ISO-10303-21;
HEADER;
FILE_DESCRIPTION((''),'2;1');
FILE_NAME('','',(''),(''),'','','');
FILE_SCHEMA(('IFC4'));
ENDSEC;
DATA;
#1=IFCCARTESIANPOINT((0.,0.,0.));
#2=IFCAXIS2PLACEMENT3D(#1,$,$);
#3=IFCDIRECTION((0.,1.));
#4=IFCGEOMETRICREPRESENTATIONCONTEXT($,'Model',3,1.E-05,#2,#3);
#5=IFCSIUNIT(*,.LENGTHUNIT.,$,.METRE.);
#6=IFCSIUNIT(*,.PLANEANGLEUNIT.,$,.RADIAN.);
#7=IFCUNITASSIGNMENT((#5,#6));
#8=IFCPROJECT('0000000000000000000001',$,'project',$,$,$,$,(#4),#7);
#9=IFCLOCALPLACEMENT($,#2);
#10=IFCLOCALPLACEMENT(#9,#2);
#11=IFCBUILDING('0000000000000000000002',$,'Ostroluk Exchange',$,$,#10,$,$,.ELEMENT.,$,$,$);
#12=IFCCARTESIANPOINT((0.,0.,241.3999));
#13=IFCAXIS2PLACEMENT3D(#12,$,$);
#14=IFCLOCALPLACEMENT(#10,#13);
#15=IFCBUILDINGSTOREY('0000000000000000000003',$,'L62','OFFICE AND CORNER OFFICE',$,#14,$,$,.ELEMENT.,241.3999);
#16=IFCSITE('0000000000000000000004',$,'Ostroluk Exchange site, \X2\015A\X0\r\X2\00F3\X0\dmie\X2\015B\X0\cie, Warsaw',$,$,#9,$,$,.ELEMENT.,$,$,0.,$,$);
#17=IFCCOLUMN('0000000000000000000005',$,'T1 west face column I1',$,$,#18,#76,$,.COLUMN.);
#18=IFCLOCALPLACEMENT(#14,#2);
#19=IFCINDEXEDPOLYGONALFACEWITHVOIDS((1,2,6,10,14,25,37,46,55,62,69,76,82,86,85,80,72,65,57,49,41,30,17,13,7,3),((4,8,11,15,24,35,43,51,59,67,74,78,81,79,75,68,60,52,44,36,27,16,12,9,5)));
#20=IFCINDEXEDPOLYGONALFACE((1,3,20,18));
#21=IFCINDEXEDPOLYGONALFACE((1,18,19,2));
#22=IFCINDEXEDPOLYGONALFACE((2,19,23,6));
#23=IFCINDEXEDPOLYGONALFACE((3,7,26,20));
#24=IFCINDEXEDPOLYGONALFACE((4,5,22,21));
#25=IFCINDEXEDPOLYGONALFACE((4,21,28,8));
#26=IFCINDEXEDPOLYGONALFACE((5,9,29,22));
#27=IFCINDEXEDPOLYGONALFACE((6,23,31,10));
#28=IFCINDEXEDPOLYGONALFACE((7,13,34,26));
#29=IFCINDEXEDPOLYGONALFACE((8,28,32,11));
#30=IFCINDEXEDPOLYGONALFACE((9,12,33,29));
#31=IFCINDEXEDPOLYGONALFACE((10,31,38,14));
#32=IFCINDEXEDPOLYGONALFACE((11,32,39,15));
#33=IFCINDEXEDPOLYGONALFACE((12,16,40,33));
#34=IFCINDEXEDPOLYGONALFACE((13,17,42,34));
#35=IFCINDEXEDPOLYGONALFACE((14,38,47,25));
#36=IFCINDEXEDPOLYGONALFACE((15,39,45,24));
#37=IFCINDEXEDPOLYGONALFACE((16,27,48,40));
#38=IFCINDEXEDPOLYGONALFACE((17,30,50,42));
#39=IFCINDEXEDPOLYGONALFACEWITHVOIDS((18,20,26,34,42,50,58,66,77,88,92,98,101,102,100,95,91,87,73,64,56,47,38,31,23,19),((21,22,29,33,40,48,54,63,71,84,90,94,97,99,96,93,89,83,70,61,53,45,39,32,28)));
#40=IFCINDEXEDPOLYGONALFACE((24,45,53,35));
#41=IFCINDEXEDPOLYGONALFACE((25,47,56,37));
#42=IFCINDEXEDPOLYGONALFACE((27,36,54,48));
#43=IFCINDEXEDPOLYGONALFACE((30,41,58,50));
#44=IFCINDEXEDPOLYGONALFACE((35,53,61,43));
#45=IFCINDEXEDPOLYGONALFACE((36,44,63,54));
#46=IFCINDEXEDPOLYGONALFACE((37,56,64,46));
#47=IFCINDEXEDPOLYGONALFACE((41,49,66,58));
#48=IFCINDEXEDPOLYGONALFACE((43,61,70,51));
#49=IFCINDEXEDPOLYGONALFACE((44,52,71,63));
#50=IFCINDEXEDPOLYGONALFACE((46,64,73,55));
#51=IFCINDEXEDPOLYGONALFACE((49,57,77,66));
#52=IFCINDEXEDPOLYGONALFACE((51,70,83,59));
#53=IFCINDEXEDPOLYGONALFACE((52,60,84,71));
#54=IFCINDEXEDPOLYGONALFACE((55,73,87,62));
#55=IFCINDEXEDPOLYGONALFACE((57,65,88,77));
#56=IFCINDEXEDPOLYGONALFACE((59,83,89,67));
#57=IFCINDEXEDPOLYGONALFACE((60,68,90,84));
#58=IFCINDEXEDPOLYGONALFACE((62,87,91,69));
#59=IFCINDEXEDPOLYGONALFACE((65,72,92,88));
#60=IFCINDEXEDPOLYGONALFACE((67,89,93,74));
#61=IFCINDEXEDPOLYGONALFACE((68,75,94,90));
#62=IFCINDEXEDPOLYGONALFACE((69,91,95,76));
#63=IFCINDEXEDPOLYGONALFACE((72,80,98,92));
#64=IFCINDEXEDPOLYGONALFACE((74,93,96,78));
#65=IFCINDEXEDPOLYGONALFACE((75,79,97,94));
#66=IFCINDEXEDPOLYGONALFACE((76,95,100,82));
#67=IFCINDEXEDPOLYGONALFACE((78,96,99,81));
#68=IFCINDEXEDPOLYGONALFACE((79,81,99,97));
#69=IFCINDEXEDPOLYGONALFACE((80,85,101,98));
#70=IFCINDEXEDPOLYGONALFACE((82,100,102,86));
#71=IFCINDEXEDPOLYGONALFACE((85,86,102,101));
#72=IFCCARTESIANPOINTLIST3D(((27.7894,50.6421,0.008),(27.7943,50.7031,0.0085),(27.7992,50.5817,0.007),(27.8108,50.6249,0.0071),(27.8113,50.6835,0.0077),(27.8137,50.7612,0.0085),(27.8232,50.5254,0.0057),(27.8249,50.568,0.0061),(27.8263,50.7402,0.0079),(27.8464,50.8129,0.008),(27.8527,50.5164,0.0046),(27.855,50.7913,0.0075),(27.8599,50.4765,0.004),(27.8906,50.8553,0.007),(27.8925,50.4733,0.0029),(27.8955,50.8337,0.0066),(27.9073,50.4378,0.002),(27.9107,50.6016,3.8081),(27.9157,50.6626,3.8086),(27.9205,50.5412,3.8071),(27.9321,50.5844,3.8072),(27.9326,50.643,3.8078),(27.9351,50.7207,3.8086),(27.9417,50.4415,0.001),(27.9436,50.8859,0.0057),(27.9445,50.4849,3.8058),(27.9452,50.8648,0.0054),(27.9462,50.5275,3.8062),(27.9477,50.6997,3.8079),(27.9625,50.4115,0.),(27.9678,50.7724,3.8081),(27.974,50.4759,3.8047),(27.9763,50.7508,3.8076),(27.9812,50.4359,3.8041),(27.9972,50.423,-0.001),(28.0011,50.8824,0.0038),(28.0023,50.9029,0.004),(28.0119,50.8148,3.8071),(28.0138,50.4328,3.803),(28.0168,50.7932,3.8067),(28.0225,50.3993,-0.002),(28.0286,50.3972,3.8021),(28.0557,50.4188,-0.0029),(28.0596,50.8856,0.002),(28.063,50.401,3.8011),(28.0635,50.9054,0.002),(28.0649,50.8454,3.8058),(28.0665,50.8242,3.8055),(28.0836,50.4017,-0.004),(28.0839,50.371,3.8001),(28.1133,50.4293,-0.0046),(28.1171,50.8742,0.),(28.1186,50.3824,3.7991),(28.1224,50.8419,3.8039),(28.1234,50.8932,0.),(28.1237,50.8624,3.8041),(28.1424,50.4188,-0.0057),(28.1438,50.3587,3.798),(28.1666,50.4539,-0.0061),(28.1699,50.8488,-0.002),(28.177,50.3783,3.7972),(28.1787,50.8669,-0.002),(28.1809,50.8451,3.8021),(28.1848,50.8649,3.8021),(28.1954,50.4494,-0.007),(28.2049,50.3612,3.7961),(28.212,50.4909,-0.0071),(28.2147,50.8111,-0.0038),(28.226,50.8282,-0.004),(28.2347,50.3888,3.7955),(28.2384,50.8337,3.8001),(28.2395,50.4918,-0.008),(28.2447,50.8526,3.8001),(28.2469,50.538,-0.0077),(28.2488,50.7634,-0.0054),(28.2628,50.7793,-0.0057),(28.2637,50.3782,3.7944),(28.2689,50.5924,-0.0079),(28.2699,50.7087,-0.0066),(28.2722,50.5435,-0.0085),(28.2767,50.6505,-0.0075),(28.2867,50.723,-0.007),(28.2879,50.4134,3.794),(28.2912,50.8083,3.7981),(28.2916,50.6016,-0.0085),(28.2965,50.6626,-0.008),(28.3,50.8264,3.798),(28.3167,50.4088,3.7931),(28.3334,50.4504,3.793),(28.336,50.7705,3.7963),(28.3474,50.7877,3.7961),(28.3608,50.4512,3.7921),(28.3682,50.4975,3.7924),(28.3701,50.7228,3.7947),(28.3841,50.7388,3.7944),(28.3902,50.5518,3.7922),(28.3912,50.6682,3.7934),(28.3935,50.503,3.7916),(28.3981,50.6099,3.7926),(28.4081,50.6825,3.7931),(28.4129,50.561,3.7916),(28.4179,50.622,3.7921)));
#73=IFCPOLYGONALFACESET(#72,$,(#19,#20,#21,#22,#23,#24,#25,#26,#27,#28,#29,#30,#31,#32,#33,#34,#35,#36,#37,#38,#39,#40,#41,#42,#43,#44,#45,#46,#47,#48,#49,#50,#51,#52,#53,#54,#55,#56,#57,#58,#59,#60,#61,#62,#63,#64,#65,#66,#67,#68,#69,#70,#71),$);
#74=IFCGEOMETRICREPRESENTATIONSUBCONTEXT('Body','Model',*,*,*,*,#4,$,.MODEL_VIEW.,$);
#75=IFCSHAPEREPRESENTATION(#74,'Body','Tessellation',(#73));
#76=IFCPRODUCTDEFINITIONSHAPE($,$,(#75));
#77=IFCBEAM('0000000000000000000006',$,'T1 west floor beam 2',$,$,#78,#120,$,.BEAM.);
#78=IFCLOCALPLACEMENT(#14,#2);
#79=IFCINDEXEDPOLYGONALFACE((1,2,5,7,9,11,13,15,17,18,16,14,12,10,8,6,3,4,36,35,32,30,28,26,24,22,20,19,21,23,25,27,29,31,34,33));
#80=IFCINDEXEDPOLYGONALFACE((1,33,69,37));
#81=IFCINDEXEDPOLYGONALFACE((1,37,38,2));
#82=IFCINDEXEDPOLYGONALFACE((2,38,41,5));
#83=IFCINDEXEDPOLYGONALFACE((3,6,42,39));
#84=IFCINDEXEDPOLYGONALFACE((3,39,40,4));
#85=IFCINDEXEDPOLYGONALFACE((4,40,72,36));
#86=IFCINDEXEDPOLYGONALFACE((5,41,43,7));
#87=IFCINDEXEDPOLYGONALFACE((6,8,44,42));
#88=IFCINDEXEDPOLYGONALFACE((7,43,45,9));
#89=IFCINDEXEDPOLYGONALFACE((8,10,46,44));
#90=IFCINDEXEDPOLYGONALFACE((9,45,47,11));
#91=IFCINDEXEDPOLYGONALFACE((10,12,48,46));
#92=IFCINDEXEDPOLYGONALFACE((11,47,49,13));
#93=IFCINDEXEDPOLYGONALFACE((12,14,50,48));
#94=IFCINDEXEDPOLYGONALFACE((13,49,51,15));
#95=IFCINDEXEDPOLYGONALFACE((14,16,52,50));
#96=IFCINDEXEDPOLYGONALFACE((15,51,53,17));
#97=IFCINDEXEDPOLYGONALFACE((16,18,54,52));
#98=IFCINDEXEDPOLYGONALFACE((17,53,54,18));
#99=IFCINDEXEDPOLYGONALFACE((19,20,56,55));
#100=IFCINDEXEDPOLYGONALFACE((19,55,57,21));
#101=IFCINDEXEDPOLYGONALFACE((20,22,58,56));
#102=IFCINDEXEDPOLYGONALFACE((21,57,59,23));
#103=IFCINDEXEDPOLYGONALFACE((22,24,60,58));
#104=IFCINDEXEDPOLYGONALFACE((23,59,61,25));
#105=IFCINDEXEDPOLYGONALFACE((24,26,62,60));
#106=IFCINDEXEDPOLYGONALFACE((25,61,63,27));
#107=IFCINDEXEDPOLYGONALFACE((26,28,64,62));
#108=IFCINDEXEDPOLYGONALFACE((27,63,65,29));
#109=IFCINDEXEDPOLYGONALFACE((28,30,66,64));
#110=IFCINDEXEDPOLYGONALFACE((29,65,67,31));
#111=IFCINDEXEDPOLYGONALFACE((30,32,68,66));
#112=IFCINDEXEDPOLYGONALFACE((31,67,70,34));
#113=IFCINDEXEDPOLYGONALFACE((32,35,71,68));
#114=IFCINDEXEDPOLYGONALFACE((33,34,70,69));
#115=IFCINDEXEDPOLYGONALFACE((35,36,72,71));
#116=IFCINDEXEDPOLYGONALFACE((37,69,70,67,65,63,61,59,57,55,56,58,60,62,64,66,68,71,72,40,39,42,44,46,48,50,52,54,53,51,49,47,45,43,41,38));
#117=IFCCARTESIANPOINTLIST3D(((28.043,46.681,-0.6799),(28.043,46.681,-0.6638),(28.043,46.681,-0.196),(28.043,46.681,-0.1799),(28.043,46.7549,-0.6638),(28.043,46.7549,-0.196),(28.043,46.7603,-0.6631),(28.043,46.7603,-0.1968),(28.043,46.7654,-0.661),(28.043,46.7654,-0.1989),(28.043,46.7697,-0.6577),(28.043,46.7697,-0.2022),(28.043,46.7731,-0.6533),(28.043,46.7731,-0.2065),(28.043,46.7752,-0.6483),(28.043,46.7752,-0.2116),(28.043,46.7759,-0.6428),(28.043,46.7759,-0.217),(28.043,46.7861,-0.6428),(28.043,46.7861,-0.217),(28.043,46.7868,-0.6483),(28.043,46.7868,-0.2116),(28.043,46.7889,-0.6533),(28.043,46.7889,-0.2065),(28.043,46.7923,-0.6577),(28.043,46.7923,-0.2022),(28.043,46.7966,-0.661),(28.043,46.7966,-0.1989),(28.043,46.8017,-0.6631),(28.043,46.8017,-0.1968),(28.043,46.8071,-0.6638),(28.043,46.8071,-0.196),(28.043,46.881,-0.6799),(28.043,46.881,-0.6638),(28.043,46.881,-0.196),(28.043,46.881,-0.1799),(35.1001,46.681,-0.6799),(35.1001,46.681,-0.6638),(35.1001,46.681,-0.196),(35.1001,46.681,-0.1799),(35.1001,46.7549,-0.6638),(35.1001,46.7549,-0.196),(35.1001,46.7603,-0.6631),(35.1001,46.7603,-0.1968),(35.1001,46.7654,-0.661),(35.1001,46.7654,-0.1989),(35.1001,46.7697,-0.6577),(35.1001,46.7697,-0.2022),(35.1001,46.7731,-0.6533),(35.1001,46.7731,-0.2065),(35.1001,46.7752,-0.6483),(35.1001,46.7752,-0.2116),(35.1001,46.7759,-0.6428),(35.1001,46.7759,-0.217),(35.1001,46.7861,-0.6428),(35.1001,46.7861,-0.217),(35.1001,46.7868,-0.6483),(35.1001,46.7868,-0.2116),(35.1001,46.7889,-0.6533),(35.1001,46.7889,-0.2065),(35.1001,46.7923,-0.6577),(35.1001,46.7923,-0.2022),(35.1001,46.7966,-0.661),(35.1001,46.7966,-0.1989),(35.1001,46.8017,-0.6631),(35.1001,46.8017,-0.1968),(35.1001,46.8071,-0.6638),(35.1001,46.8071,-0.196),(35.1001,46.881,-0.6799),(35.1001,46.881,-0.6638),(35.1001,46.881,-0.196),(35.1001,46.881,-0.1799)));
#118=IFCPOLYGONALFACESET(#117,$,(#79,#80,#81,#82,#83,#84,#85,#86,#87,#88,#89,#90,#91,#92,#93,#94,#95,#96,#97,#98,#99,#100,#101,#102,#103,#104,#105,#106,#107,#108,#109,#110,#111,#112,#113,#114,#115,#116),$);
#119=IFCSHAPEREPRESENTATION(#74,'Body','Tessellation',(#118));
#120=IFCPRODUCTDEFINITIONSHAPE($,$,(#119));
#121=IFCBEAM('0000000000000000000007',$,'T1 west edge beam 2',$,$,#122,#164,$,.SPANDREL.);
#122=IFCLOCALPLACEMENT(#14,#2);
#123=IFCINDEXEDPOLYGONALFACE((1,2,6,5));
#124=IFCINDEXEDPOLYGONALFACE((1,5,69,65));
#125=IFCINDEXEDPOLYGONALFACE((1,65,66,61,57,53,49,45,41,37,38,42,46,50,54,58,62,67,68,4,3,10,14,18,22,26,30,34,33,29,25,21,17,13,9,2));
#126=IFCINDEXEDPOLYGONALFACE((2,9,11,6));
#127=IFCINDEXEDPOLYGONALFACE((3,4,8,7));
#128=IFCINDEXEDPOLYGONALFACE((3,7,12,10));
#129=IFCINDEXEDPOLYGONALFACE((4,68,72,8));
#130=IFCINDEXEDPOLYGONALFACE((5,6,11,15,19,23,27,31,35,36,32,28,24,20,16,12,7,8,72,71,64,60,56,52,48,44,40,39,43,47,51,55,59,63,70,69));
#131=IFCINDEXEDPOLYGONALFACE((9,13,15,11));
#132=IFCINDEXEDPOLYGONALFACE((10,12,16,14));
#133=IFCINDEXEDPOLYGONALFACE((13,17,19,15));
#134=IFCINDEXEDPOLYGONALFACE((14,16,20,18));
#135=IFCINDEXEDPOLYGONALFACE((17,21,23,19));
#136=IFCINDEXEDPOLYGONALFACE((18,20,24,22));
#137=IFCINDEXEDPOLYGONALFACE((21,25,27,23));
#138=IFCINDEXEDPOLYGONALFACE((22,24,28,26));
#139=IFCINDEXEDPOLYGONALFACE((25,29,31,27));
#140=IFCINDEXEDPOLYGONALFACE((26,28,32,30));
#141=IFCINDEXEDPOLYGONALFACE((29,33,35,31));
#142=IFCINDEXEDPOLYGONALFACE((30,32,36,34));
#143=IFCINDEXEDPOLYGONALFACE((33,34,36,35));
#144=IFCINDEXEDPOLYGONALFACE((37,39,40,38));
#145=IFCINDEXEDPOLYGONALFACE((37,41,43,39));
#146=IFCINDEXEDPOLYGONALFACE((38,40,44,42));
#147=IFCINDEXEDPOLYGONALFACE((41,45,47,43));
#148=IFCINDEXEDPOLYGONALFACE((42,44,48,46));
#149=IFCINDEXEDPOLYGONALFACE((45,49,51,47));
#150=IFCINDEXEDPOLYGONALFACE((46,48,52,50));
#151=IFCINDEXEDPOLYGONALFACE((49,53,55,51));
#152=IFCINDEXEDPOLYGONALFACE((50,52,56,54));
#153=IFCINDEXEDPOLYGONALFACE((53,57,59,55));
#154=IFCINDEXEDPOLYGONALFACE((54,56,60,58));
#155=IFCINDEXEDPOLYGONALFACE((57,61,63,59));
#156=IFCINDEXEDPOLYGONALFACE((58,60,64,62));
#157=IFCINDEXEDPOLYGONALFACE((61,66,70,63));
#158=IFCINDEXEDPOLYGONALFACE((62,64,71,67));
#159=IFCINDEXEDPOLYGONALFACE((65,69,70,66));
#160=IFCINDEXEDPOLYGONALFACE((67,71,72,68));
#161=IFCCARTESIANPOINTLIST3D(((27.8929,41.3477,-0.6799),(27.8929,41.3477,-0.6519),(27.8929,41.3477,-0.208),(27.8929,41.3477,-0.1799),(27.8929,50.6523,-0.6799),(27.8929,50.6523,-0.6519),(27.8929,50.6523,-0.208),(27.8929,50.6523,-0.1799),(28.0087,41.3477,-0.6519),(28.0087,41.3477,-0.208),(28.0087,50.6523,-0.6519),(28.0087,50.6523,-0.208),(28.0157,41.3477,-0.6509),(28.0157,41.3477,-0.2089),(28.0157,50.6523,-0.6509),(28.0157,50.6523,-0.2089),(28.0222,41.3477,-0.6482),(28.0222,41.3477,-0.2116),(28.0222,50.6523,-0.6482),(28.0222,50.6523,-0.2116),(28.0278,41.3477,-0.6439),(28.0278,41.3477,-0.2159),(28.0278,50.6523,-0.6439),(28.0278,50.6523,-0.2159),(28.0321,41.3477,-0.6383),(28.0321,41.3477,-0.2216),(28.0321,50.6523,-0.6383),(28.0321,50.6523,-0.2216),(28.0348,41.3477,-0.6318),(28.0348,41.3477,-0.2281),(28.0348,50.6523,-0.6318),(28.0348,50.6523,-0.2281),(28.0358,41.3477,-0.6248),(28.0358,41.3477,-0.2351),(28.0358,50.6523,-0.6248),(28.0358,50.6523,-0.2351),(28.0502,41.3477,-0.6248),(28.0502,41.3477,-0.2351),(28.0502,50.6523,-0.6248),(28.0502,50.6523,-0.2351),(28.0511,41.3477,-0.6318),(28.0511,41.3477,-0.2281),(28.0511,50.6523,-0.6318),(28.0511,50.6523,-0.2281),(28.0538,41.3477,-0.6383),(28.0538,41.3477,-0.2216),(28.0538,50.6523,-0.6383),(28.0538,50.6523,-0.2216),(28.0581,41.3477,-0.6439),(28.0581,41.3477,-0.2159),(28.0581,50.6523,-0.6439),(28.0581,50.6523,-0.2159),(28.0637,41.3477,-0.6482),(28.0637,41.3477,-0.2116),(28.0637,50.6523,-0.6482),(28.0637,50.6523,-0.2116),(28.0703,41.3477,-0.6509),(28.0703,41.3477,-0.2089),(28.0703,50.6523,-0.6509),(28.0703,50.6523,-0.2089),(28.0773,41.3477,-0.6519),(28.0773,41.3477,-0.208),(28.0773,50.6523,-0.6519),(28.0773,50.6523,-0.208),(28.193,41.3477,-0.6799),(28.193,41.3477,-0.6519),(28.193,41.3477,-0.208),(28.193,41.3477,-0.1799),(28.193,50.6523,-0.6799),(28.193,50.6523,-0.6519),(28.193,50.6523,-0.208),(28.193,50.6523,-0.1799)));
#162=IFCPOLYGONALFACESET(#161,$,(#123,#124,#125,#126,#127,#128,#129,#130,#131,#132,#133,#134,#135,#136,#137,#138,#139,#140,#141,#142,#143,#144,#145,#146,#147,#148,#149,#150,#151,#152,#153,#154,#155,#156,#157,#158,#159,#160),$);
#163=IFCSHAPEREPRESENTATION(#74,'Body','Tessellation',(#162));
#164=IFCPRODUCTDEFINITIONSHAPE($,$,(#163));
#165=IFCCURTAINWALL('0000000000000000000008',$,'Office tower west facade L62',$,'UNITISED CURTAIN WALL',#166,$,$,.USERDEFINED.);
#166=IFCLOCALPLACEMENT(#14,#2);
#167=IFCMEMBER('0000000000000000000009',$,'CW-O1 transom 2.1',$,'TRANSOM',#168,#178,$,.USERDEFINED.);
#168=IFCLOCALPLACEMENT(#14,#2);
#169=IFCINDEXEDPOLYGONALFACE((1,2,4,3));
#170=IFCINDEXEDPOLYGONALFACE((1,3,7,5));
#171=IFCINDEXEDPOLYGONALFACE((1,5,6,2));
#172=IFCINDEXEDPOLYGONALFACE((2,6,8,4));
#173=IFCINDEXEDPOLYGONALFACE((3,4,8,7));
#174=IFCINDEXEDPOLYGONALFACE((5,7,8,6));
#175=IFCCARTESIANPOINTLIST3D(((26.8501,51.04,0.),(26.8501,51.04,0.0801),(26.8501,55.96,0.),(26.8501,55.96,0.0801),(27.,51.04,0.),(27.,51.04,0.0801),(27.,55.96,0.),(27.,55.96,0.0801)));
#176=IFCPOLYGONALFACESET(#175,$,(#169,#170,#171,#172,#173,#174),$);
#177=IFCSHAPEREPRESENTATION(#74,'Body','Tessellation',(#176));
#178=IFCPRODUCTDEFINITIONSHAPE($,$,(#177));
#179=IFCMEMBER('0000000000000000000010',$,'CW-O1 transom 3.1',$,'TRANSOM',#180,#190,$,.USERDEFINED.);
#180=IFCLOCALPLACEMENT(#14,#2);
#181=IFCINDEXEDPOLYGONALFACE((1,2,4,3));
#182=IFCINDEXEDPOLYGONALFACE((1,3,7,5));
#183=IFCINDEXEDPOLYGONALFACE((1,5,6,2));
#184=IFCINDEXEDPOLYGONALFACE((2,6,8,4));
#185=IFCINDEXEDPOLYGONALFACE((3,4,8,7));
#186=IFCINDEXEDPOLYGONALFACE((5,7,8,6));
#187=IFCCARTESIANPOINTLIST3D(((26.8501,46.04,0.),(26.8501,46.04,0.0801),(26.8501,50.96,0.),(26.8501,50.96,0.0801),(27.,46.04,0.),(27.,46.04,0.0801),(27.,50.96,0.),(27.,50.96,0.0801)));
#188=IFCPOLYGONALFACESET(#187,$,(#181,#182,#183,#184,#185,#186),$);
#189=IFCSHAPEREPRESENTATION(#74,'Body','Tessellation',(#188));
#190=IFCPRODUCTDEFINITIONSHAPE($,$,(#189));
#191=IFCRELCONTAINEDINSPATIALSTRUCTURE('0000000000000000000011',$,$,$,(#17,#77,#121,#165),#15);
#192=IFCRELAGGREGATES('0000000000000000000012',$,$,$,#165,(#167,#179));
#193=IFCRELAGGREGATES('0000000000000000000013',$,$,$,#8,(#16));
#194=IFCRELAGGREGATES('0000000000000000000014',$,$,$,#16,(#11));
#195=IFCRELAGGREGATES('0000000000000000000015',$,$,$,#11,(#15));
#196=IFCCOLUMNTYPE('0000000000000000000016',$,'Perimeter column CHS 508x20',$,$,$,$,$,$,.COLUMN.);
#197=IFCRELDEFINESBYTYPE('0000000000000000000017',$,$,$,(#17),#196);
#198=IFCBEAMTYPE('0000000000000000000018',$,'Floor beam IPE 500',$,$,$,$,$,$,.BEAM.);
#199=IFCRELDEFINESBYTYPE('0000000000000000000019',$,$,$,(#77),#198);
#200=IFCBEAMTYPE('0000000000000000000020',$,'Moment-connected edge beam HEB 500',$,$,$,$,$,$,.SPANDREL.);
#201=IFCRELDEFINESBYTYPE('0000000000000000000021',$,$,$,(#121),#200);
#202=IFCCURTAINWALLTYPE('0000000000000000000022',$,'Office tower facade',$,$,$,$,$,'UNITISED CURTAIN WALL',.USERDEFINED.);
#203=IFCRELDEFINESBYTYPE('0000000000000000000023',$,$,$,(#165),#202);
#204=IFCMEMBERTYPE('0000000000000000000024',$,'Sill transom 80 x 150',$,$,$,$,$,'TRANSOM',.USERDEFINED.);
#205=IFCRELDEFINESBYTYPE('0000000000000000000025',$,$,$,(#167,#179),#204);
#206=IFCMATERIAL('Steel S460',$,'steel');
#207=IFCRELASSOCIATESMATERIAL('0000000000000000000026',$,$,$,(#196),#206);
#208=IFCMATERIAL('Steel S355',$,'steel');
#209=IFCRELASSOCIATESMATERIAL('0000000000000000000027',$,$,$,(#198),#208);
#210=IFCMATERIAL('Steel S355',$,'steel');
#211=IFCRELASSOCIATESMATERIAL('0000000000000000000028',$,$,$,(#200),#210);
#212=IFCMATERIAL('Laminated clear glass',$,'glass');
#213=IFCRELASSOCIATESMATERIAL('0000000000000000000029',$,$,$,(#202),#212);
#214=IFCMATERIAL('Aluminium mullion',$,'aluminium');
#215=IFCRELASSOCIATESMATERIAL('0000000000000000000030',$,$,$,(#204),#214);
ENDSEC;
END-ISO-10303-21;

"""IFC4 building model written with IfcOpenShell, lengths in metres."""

from ifc_helpers import new_model, si_unit, direction, frame, origin, origin_2d, place, context, subcontext, project, spatial, rectangle, hollow_circle, i_section, extrude, material, material_profile, profile_set, type_object, element, aggregate, save


model = new_model("IFC4")

# Units and contexts
model_context = context("Model", 3, precision=1e-05, world=origin(), true_north=direction((0.0, 1.0)))
body_context = subcontext(model_context, "Body", "Model", "MODEL_VIEW")
ifc_project = project(units=[si_unit("LENGTHUNIT", "METRE"), si_unit("PLANEANGLEUNIT", "RADIAN")], contexts=[model_context])

# Site, building, storey
site_placement = place(None, origin())
site = spatial("IfcSite", under=ifc_project, at=site_placement, Name="Ostroluk Exchange site, Śródmieście, Warsaw", CompositionType="ELEMENT", RefElevation=0.0)
building_placement = place(site_placement, origin())
building = spatial("IfcBuilding", under=site, at=building_placement, Name="Ostroluk Exchange", CompositionType="ELEMENT")
storey_placement = place(building_placement, frame((0.0, 0.0, 241.3999)))
storey = spatial("IfcBuildingStorey", under=building, at=storey_placement, Name="L62", Description="OFFICE AND CORNER OFFICE", CompositionType="ELEMENT", Elevation=241.3999)

# Column
ifc_material_1 = material(Name="Steel S460", Category="steel")
ifc_material_profile_1 = material_profile(ifc_material_1, hollow_circle(Radius=0.2539, WallThickness=0.02, at=origin_2d()), Name="CHS 508x20")
ifc_profile_set_1 = profile_set([ifc_material_profile_1], Name="Steel S460")
column_type = type_object("IfcColumnType", Name="Perimeter column CHS 508x20", PredefinedType="COLUMN", material=ifc_profile_set_1)
column_placement = place(storey_placement, frame((28.043, 50.6523, 0.0), z_axis=(0.031913, -0.010659, 0.999434), x_axis=(0.3168, 0.948492, 0.0)))
element("IfcColumn", 1, at=column_placement, inside=storey, type_object=column_type, Name="T1 west face column I1", PredefinedType="COLUMN", context=body_context, shape_type="SweptSolid", body=[
    extrude(hollow_circle(Radius=0.2539, WallThickness=0.02, at=origin_2d()), origin(), (0.0, 0.0, 1.0), 3.8022),
])

# Beams
ifc_material_2 = material(Name="Steel S355", Category="steel")
ifc_material_profile_2 = material_profile(ifc_material_2, i_section(OverallWidth=0.2, OverallDepth=0.5, WebThickness=0.0103, FlangeThickness=0.0161, FilletRadius=0.021, at=origin_2d()), Name="IPE 500")
ifc_profile_set_2 = profile_set([ifc_material_profile_2], Name="Steel S355")
beam_type_1 = type_object("IfcBeamType", Name="Floor beam IPE 500", PredefinedType="BEAM", material=ifc_profile_set_2)
beam_1_placement = place(storey_placement, frame((35.1001, 46.781, -0.4299), z_axis=(-1.0, 0.0, 0.0), x_axis=(0.0, -1.0, 0.0)))
element("IfcBeam", 2, at=beam_1_placement, inside=storey, type_object=beam_type_1, Name="T1 west floor beam 2", PredefinedType="BEAM", context=body_context, shape_type="SweptSolid", body=[
    extrude(i_section(OverallWidth=0.2, OverallDepth=0.5, WebThickness=0.0103, FlangeThickness=0.0161, FilletRadius=0.021, at=origin_2d()), origin(), (0.0, 0.0, 1.0), 7.0571),
])
ifc_material_3 = material(Name="Steel S355", Category="steel")
ifc_material_profile_3 = material_profile(ifc_material_3, i_section(OverallWidth=0.3, OverallDepth=0.5, WebThickness=0.0144, FlangeThickness=0.0281, FilletRadius=0.0271, at=origin_2d()), Name="HEB 500")
ifc_profile_set_3 = profile_set([ifc_material_profile_3], Name="Steel S355")
beam_type_2 = type_object("IfcBeamType", Name="Moment-connected edge beam HEB 500", PredefinedType="SPANDREL", material=ifc_profile_set_3)
beam_2_placement = place(storey_placement, frame((28.043, 50.6523, -0.4299), z_axis=(0.0, -1.0, 0.0), x_axis=(1.0, 0.0, 0.0)))
element("IfcBeam", 3, at=beam_2_placement, inside=storey, type_object=beam_type_2, Name="T1 west edge beam 2", PredefinedType="SPANDREL", context=body_context, shape_type="SweptSolid", body=[
    extrude(i_section(OverallWidth=0.3, OverallDepth=0.5, WebThickness=0.0144, FlangeThickness=0.0281, FilletRadius=0.0271, at=origin_2d()), origin(), (0.0, 0.0, 1.0), 9.3047),
])

# Curtain wall, members
ifc_material_4 = material(Name="Laminated clear glass", Category="glass")
curtain_wall_type = type_object("IfcCurtainWallType", Name="Office tower facade", ElementType="UNITISED CURTAIN WALL", PredefinedType="USERDEFINED", material=ifc_material_4)
curtain_wall_placement = place(storey_placement, origin())
curtain_wall = element("IfcCurtainWall", 4, at=curtain_wall_placement, inside=storey, type_object=curtain_wall_type, Name="Office tower west facade L62", ObjectType="UNITISED CURTAIN WALL", PredefinedType="USERDEFINED")
ifc_material_5 = material(Name="Aluminium mullion", Category="aluminium")
ifc_material_profile_4 = material_profile(ifc_material_5, rectangle(XDim=0.1499, YDim=0.0801, at=origin_2d()), Name="Sill transom 80 x 150")
ifc_profile_set_4 = profile_set([ifc_material_profile_4], Name="Aluminium mullion")
member_type_1 = type_object("IfcMemberType", Name="Sill transom 80 x 150", ElementType="TRANSOM", PredefinedType="USERDEFINED", material=ifc_profile_set_4)
member_1_placement = place(storey_placement, frame((26.925, 55.96, 0.04), z_axis=(0.0, -1.0, 0.0), x_axis=(1.0, 0.0, 0.0)))
member_1 = element("IfcMember", 5, at=member_1_placement, type_object=member_type_1, Name="CW-O1 transom 2.1", ObjectType="TRANSOM", PredefinedType="USERDEFINED", context=body_context, shape_type="SweptSolid", body=[
    extrude(rectangle(XDim=0.1499, YDim=0.0801, at=origin_2d()), origin(), (0.0, 0.0, 1.0), 4.9199),
])
member_2_placement = place(storey_placement, frame((26.925, 50.96, 0.04), z_axis=(0.0, -1.0, 0.0), x_axis=(1.0, 0.0, 0.0)))
member_2 = element("IfcMember", 6, at=member_2_placement, type_object=member_type_1, Name="CW-O1 transom 3.1", ObjectType="TRANSOM", PredefinedType="USERDEFINED", context=body_context, shape_type="SweptSolid", body=[
    extrude(rectangle(XDim=0.1499, YDim=0.0801, at=origin_2d()), origin(), (0.0, 0.0, 1.0), 4.9199),
])
aggregate(curtain_wall, [member_1, member_2])

save(model, "model.ifc")
